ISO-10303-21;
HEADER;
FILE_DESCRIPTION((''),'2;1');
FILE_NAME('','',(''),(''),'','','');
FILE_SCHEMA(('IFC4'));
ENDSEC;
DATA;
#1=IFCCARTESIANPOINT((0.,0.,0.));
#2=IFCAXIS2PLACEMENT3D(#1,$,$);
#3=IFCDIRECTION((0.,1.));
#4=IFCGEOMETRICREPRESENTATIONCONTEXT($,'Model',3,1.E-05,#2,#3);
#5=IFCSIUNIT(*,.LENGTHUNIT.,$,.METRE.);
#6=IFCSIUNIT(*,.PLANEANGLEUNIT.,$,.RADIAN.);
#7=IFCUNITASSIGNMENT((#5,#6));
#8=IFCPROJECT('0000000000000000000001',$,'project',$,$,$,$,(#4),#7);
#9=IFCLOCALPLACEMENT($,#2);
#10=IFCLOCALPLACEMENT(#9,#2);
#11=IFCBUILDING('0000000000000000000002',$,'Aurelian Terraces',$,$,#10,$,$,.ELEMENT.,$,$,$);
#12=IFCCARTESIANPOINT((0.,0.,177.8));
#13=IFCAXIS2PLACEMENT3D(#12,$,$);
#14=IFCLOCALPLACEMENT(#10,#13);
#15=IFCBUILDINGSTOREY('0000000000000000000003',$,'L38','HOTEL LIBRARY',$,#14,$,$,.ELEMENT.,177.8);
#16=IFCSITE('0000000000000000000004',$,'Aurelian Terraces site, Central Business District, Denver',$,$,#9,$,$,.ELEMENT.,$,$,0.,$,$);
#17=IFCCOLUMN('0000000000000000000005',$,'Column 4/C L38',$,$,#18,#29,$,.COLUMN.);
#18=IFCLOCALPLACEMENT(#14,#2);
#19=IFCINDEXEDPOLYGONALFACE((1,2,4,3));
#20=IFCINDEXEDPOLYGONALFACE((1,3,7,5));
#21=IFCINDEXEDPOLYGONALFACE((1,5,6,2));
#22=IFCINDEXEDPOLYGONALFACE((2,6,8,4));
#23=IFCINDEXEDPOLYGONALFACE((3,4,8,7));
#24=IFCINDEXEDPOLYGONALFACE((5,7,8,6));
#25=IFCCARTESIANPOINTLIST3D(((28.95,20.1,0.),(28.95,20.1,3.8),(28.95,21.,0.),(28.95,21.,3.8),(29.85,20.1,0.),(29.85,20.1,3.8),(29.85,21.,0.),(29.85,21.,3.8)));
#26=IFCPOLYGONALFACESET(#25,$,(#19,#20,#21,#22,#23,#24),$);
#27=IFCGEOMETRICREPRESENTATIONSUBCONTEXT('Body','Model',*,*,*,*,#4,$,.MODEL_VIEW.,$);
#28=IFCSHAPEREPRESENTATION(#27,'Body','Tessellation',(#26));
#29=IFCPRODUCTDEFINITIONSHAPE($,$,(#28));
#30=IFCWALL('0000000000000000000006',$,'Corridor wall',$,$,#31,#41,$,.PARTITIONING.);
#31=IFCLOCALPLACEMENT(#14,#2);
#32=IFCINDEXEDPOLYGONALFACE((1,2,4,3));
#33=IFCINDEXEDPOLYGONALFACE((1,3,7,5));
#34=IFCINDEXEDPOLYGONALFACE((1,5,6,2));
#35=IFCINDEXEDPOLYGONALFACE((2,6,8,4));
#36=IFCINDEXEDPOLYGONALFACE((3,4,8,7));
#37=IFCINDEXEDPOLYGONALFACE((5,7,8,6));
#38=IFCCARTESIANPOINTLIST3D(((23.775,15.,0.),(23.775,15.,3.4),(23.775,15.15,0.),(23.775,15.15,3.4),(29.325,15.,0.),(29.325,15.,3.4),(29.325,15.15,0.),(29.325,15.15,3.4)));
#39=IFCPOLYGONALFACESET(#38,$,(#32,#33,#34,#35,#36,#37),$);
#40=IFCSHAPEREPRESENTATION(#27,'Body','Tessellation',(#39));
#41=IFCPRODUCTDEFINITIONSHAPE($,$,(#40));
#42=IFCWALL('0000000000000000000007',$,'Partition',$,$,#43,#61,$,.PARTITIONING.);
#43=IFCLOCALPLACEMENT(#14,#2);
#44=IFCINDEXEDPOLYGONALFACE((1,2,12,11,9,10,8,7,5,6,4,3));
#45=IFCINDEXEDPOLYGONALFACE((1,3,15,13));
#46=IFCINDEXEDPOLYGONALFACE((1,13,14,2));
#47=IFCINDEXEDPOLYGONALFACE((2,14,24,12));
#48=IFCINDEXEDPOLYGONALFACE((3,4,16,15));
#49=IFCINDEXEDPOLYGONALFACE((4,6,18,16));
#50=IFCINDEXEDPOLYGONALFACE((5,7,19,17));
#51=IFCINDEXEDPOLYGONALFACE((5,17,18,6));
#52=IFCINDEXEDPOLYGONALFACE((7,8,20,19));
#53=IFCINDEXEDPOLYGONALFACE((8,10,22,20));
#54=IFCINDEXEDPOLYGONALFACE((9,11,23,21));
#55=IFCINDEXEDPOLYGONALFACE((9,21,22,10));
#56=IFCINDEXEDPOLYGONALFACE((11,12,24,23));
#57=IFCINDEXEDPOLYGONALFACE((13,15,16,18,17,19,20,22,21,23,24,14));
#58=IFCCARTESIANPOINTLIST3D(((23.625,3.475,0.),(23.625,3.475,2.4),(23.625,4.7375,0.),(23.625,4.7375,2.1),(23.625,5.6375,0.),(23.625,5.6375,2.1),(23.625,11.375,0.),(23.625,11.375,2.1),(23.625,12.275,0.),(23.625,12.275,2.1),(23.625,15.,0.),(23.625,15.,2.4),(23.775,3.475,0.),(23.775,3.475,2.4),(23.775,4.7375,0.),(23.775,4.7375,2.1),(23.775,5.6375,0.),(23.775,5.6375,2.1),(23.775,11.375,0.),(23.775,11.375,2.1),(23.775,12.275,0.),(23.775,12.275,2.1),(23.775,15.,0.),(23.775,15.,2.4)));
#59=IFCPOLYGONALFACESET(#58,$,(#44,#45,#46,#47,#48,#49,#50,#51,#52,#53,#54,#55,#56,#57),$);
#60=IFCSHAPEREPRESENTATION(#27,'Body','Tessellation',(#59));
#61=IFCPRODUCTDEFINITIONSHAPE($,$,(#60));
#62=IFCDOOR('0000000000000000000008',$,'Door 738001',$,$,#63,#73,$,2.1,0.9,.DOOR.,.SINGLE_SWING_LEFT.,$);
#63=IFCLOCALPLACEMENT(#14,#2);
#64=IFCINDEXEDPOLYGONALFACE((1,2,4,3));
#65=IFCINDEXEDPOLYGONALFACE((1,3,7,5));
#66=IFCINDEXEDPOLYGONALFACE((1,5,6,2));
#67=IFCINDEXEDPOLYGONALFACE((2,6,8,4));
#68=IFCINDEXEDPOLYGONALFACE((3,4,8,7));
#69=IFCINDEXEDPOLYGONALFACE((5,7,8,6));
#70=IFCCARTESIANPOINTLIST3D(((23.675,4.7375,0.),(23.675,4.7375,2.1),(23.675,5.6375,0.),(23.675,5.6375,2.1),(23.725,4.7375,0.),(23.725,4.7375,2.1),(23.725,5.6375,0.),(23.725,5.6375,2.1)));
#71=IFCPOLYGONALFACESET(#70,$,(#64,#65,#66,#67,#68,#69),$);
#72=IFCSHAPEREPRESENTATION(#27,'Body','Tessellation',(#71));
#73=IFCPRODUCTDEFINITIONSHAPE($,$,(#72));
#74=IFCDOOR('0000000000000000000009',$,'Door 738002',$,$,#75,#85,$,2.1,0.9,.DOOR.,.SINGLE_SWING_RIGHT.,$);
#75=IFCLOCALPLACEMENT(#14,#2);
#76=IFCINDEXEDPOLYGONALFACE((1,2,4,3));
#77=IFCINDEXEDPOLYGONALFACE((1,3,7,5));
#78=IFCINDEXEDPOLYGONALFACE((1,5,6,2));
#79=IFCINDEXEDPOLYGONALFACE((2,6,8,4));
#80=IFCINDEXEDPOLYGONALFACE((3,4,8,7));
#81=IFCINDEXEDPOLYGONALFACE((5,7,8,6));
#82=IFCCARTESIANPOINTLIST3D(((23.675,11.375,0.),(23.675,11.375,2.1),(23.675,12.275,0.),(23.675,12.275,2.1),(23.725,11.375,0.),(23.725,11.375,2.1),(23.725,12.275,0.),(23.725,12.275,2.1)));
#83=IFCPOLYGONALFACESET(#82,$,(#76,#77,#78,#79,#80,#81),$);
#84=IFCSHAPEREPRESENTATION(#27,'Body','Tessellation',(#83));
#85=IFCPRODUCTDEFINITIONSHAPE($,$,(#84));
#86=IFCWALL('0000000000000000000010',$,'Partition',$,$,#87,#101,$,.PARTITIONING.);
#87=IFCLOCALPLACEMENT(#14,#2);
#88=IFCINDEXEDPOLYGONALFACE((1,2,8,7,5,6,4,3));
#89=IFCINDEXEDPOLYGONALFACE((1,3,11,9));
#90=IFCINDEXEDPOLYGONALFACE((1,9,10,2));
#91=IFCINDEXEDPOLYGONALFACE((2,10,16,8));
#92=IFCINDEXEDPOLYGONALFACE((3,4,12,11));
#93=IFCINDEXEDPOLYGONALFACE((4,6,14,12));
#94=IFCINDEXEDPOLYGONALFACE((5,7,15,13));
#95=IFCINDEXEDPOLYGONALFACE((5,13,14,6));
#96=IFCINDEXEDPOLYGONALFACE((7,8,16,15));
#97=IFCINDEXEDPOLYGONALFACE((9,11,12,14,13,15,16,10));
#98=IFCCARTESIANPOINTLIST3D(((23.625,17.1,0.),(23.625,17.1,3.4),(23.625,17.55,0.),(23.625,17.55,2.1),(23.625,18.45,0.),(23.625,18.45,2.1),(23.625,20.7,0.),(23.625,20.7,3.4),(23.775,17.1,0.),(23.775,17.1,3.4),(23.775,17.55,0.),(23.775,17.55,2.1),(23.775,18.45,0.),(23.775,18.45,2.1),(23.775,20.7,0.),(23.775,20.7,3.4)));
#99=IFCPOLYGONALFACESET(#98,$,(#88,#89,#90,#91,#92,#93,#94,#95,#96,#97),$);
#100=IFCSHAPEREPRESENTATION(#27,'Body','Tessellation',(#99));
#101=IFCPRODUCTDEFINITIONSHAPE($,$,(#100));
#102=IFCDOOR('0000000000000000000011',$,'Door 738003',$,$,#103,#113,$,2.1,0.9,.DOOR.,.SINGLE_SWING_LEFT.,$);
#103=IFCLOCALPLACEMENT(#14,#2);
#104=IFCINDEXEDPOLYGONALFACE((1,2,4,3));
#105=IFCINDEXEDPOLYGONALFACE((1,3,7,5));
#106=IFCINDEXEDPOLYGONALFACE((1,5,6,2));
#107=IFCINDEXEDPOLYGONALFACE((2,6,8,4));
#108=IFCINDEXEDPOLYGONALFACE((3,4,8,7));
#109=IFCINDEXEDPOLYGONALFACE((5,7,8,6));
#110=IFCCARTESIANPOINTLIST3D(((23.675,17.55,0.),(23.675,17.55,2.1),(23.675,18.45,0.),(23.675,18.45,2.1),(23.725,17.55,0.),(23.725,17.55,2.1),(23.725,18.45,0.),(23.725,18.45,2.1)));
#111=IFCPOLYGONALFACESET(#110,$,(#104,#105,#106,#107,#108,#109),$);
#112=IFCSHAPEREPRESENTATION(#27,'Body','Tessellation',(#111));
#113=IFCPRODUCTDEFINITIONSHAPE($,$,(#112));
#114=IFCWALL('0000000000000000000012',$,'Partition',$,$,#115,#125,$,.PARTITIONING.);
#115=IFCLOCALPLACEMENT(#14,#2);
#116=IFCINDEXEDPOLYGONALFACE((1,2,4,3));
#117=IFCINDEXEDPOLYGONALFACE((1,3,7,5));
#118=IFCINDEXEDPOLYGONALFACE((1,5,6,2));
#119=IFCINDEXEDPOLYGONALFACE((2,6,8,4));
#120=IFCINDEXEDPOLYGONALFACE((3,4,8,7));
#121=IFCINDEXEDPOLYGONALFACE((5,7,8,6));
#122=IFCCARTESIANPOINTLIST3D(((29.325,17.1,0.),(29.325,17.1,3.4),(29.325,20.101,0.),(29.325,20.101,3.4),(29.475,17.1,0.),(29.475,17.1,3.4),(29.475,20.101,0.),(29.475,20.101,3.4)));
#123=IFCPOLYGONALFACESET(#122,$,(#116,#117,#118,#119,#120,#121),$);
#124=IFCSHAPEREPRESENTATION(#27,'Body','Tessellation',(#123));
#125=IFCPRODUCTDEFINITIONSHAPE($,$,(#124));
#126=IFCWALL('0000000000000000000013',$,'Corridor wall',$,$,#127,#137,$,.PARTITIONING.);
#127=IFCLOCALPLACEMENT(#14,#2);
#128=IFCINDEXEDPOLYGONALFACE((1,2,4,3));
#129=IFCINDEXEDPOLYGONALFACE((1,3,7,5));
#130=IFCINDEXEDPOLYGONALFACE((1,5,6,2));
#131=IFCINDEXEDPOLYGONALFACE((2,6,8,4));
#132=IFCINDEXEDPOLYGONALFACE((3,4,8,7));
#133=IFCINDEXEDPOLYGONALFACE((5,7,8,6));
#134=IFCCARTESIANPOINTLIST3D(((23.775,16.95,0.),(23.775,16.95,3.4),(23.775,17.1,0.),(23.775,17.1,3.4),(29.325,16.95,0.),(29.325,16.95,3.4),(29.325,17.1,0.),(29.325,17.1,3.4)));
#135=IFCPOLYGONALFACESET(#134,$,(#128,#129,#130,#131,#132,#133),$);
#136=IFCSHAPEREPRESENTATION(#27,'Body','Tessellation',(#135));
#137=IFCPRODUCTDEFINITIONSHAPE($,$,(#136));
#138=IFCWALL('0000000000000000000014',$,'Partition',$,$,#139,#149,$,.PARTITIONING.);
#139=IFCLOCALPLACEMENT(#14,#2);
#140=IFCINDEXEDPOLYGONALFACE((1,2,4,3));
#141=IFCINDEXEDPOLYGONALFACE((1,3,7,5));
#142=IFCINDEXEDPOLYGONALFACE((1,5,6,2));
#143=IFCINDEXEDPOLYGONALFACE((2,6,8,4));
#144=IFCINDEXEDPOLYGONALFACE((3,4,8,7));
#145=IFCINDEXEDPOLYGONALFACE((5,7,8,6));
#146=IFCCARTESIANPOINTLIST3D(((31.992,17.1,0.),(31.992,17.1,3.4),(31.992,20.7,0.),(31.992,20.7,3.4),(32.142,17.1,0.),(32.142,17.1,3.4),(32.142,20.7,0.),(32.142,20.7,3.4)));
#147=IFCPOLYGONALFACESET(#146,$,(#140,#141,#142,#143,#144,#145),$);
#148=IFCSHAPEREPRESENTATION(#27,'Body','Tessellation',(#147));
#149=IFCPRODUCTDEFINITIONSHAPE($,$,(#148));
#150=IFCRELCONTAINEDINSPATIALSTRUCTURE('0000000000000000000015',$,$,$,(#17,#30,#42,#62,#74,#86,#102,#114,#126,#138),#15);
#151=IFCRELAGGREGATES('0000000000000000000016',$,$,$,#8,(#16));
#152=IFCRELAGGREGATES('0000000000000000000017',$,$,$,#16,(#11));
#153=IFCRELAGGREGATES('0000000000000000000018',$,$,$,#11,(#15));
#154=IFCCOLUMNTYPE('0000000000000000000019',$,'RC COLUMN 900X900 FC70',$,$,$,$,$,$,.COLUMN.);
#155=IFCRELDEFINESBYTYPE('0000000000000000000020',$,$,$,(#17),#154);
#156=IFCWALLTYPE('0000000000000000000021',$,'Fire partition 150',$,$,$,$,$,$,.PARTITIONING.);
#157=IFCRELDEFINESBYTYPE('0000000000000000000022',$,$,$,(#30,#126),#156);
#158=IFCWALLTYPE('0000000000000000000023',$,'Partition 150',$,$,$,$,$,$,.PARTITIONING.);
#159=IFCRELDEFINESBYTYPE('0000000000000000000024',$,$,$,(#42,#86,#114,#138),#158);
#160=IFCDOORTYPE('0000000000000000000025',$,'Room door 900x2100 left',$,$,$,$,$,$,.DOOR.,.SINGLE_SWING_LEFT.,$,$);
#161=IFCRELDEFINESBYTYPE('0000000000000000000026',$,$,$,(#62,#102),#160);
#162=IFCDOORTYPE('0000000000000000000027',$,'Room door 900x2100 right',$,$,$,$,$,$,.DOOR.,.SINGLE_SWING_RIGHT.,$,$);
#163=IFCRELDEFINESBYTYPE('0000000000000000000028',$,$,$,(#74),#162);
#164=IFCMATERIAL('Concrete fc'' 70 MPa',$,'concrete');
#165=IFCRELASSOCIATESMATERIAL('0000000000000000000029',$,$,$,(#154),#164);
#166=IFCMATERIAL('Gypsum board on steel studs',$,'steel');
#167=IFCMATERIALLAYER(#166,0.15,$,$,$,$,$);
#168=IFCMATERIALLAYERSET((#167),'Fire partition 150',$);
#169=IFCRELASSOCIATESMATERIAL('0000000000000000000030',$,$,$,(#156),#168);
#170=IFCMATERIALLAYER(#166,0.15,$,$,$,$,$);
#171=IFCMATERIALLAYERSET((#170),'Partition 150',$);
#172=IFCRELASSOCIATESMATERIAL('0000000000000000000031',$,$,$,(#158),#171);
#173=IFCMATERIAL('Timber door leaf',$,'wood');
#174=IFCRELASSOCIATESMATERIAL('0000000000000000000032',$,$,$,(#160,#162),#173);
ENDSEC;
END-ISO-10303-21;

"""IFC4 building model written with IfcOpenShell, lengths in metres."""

from ifc_helpers import new_model, si_unit, direction, frame, frame_2d, origin, origin_2d, place, context, subcontext, project, spatial, rectangle, extrude, source, transform, mapped, material, layer, layer_set, material_profile, profile_set, type_object, element, fill, save


model = new_model("IFC4")

# Units and contexts
model_context = context("Model", 3, precision=1e-05, world=origin(), true_north=direction((0.0, 1.0)))
body_context = subcontext(model_context, "Body", "Model", "MODEL_VIEW")
ifc_project = project(units=[si_unit("LENGTHUNIT", "METRE"), si_unit("PLANEANGLEUNIT", "RADIAN")], contexts=[model_context])

# Site, building, storey
site_placement = place(None, origin())
site = spatial("IfcSite", under=ifc_project, at=site_placement, Name="Aurelian Terraces site, Central Business District, Denver", CompositionType="ELEMENT", RefElevation=0.0)
building_placement = place(site_placement, origin())
building = spatial("IfcBuilding", under=site, at=building_placement, Name="Aurelian Terraces", CompositionType="ELEMENT")
storey_placement = place(building_placement, frame((0.0, 0.0, 177.8)))
storey = spatial("IfcBuildingStorey", under=building, at=storey_placement, Name="L38", Description="HOTEL LIBRARY", CompositionType="ELEMENT", Elevation=177.8)

# Column
ifc_material_1 = material(Name="Concrete fc' 70 MPa", Category="concrete")
ifc_material_profile = material_profile(ifc_material_1, rectangle(XDim=0.9, YDim=0.9, at=origin_2d()))
ifc_profile_set = profile_set([ifc_material_profile], Name="Concrete fc' 70 MPa")
column_type = type_object("IfcColumnType", Name="RC COLUMN 900X900 FC70", PredefinedType="COLUMN", material=ifc_profile_set)
shared_shape_1 = source(origin(), body_context, "Body", "SweptSolid", [
    extrude(rectangle(XDim=0.9, YDim=0.9, at=origin_2d()), origin(), (0.0, 0.0, 1.0), 3.8),
])
column_placement = place(storey_placement, frame((29.4, 20.55, 0.0), z_axis=(0.0, 0.0, 1.0), x_axis=(1.0, 0.0, 0.0)))
element("IfcColumn", 1, at=column_placement, inside=storey, type_object=column_type, Name="Column 4/C L38", PredefinedType="COLUMN", context=body_context, shape_type="MappedRepresentation", body=[
    mapped(shared_shape_1, transform((0.0, 0.0, 0.0), scale=1.0)),
])

# Wall
ifc_material_2 = material(Name="Gypsum board on steel studs", Category="steel")
ifc_layer_1 = layer(ifc_material_2, 0.15)
ifc_layer_set_1 = layer_set([ifc_layer_1], Name="Fire partition 150")
wall_type_1 = type_object("IfcWallType", Name="Fire partition 150", PredefinedType="PARTITIONING", material=ifc_layer_set_1)
wall_1_placement = place(storey_placement, frame((29.325, 15.075, 0.0), z_axis=(0.0, 0.0, 1.0), x_axis=(-1.0, 0.0, 0.0)))
element("IfcWall", 2, at=wall_1_placement, inside=storey, type_object=wall_type_1, Name="Corridor wall", PredefinedType="PARTITIONING", context=body_context, shape_type="SweptSolid", body=[
    extrude(rectangle(XDim=5.55, YDim=0.15, at=frame_2d((2.775, 0.0))), origin(), (0.0, 0.0, 1.0), 3.4),
])

# Wall, openings, doors
ifc_layer_2 = layer(ifc_material_2, 0.15)
ifc_layer_set_2 = layer_set([ifc_layer_2], Name="Partition 150")
wall_type_2 = type_object("IfcWallType", Name="Partition 150", PredefinedType="PARTITIONING", material=ifc_layer_set_2)
wall_2_placement = place(storey_placement, frame((23.7, 15.0, 0.0), z_axis=(0.0, 0.0, 1.0), x_axis=(0.0, -1.0, 0.0)))
wall_2 = element("IfcWall", 3, at=wall_2_placement, inside=storey, type_object=wall_type_2, Name="Partition", PredefinedType="PARTITIONING", context=body_context, shape_type="SweptSolid", body=[
    extrude(rectangle(XDim=11.525, YDim=0.15, at=frame_2d((5.7625, 0.0))), origin(), (0.0, 0.0, 1.0), 2.4),
])
shared_shape_2 = source(origin(), body_context, "Body", "SweptSolid", [
    extrude(rectangle(XDim=0.9, YDim=2.1, at=frame_2d((0.45, 1.05))), frame((0.0, 0.085, 0.0), z_axis=(0.0, -1.0, 0.0), x_axis=(1.0, 0.0, 0.0)), (0.0, 0.0, 1.0), 0.17),
])
opening_1_placement = place(wall_2_placement, frame((9.3625, 0.0, 0.0)))
opening_1 = element("IfcOpeningElement", 4, at=opening_1_placement, cuts=wall_2, PredefinedType="OPENING", context=body_context, shape_type="MappedRepresentation", body=[
    mapped(shared_shape_2, transform((0.0, 0.0, 0.0), scale=1.0)),
])
opening_2_placement = place(wall_2_placement, frame((2.725, 0.0, 0.0)))
opening_2 = element("IfcOpeningElement", 5, at=opening_2_placement, cuts=wall_2, PredefinedType="OPENING", context=body_context, shape_type="MappedRepresentation", body=[
    mapped(shared_shape_2, transform((0.0, 0.0, 0.0), scale=1.0)),
])
ifc_material_3 = material(Name="Timber door leaf", Category="wood")
door_type_1 = type_object("IfcDoorType", Name="Room door 900x2100 left", OperationType="SINGLE_SWING_LEFT", PredefinedType="DOOR", material=ifc_material_3)
shared_shape_3 = source(origin(), body_context, "Body", "SweptSolid", [
    extrude(rectangle(XDim=0.9, YDim=2.1, at=frame_2d((0.45, 1.05))), frame((0.0, 0.025, 0.0), z_axis=(0.0, -1.0, 0.0), x_axis=(1.0, 0.0, 0.0)), (0.0, 0.0, 1.0), 0.05),
])
door_1_placement = place(opening_1_placement, origin())
door_1 = element("IfcDoor", 6, at=door_1_placement, inside=storey, type_object=door_type_1, Name="Door 738001", OperationType="SINGLE_SWING_LEFT", OverallHeight=2.1, OverallWidth=0.9, PredefinedType="DOOR", context=body_context, shape_type="MappedRepresentation", body=[
    mapped(shared_shape_3, transform((0.0, 0.0, 0.0), scale=1.0)),
])
fill(opening_1, door_1)
door_type_2 = type_object("IfcDoorType", Name="Room door 900x2100 right", OperationType="SINGLE_SWING_RIGHT", PredefinedType="DOOR", material=ifc_material_3)
door_2_placement = place(opening_2_placement, origin())
door_2 = element("IfcDoor", 7, at=door_2_placement, inside=storey, type_object=door_type_2, Name="Door 738002", OperationType="SINGLE_SWING_RIGHT", OverallHeight=2.1, OverallWidth=0.9, PredefinedType="DOOR", context=body_context, shape_type="MappedRepresentation", body=[
    mapped(shared_shape_3, transform((0.0, 0.0, 0.0), scale=1.0)),
])
fill(opening_2, door_2)

# Wall, opening, door
wall_3_placement = place(storey_placement, frame((23.7, 20.7, 0.0), z_axis=(0.0, 0.0, 1.0), x_axis=(0.0, -1.0, 0.0)))
wall_3 = element("IfcWall", 8, at=wall_3_placement, inside=storey, type_object=wall_type_2, Name="Partition", PredefinedType="PARTITIONING", context=body_context, shape_type="SweptSolid", body=[
    extrude(rectangle(XDim=3.6, YDim=0.15, at=frame_2d((1.8, 0.0))), origin(), (0.0, 0.0, 1.0), 3.4),
])
opening_3_placement = place(wall_3_placement, frame((2.25, 0.0, 0.0)))
opening_3 = element("IfcOpeningElement", 9, at=opening_3_placement, cuts=wall_3, PredefinedType="OPENING", context=body_context, shape_type="MappedRepresentation", body=[
    mapped(shared_shape_2, transform((0.0, 0.0, 0.0), scale=1.0)),
])
door_3_placement = place(opening_3_placement, origin())
door_3 = element("IfcDoor", 10, at=door_3_placement, inside=storey, type_object=door_type_1, Name="Door 738003", OperationType="SINGLE_SWING_LEFT", OverallHeight=2.1, OverallWidth=0.9, PredefinedType="DOOR", context=body_context, shape_type="MappedRepresentation", body=[
    mapped(shared_shape_3, transform((0.0, 0.0, 0.0), scale=1.0)),
])
fill(opening_3, door_3)

# Walls
wall_4_placement = place(storey_placement, frame((29.4, 17.1, 0.0), z_axis=(0.0, 0.0, 1.0), x_axis=(0.0, 1.0, 0.0)))
element("IfcWall", 11, at=wall_4_placement, inside=storey, type_object=wall_type_2, Name="Partition", PredefinedType="PARTITIONING", context=body_context, shape_type="SweptSolid", body=[
    extrude(rectangle(XDim=3.001, YDim=0.15, at=frame_2d((1.5005, 0.0))), origin(), (0.0, 0.0, 1.0), 3.4),
])
shared_shape_4 = source(origin(), body_context, "Body", "SweptSolid", [
    extrude(rectangle(XDim=5.55, YDim=0.15, at=frame_2d((2.775, 0.0))), origin(), (0.0, 0.0, 1.0), 3.4),
])
wall_5_placement = place(storey_placement, frame((23.775, 17.025, 0.0), z_axis=(0.0, 0.0, 1.0), x_axis=(1.0, 0.0, 0.0)))
element("IfcWall", 12, at=wall_5_placement, inside=storey, type_object=wall_type_1, Name="Corridor wall", PredefinedType="PARTITIONING", context=body_context, shape_type="MappedRepresentation", body=[
    mapped(shared_shape_4, transform((0.0, 0.0, 0.0), scale=1.0)),
])
shared_shape_5 = source(origin(), body_context, "Body", "SweptSolid", [
    extrude(rectangle(XDim=3.6, YDim=0.15, at=frame_2d((1.8, 0.0))), origin(), (0.0, 0.0, 1.0), 3.4),
])
wall_6_placement = place(storey_placement, frame((32.067, 20.7, 0.0), z_axis=(0.0, 0.0, 1.0), x_axis=(0.0, -1.0, 0.0)))
element("IfcWall", 13, at=wall_6_placement, inside=storey, type_object=wall_type_2, Name="Partition", PredefinedType="PARTITIONING", context=body_context, shape_type="MappedRepresentation", body=[
    mapped(shared_shape_5, transform((0.0, 0.0, 0.0), scale=1.0)),
])

save(model, "model.ifc")
